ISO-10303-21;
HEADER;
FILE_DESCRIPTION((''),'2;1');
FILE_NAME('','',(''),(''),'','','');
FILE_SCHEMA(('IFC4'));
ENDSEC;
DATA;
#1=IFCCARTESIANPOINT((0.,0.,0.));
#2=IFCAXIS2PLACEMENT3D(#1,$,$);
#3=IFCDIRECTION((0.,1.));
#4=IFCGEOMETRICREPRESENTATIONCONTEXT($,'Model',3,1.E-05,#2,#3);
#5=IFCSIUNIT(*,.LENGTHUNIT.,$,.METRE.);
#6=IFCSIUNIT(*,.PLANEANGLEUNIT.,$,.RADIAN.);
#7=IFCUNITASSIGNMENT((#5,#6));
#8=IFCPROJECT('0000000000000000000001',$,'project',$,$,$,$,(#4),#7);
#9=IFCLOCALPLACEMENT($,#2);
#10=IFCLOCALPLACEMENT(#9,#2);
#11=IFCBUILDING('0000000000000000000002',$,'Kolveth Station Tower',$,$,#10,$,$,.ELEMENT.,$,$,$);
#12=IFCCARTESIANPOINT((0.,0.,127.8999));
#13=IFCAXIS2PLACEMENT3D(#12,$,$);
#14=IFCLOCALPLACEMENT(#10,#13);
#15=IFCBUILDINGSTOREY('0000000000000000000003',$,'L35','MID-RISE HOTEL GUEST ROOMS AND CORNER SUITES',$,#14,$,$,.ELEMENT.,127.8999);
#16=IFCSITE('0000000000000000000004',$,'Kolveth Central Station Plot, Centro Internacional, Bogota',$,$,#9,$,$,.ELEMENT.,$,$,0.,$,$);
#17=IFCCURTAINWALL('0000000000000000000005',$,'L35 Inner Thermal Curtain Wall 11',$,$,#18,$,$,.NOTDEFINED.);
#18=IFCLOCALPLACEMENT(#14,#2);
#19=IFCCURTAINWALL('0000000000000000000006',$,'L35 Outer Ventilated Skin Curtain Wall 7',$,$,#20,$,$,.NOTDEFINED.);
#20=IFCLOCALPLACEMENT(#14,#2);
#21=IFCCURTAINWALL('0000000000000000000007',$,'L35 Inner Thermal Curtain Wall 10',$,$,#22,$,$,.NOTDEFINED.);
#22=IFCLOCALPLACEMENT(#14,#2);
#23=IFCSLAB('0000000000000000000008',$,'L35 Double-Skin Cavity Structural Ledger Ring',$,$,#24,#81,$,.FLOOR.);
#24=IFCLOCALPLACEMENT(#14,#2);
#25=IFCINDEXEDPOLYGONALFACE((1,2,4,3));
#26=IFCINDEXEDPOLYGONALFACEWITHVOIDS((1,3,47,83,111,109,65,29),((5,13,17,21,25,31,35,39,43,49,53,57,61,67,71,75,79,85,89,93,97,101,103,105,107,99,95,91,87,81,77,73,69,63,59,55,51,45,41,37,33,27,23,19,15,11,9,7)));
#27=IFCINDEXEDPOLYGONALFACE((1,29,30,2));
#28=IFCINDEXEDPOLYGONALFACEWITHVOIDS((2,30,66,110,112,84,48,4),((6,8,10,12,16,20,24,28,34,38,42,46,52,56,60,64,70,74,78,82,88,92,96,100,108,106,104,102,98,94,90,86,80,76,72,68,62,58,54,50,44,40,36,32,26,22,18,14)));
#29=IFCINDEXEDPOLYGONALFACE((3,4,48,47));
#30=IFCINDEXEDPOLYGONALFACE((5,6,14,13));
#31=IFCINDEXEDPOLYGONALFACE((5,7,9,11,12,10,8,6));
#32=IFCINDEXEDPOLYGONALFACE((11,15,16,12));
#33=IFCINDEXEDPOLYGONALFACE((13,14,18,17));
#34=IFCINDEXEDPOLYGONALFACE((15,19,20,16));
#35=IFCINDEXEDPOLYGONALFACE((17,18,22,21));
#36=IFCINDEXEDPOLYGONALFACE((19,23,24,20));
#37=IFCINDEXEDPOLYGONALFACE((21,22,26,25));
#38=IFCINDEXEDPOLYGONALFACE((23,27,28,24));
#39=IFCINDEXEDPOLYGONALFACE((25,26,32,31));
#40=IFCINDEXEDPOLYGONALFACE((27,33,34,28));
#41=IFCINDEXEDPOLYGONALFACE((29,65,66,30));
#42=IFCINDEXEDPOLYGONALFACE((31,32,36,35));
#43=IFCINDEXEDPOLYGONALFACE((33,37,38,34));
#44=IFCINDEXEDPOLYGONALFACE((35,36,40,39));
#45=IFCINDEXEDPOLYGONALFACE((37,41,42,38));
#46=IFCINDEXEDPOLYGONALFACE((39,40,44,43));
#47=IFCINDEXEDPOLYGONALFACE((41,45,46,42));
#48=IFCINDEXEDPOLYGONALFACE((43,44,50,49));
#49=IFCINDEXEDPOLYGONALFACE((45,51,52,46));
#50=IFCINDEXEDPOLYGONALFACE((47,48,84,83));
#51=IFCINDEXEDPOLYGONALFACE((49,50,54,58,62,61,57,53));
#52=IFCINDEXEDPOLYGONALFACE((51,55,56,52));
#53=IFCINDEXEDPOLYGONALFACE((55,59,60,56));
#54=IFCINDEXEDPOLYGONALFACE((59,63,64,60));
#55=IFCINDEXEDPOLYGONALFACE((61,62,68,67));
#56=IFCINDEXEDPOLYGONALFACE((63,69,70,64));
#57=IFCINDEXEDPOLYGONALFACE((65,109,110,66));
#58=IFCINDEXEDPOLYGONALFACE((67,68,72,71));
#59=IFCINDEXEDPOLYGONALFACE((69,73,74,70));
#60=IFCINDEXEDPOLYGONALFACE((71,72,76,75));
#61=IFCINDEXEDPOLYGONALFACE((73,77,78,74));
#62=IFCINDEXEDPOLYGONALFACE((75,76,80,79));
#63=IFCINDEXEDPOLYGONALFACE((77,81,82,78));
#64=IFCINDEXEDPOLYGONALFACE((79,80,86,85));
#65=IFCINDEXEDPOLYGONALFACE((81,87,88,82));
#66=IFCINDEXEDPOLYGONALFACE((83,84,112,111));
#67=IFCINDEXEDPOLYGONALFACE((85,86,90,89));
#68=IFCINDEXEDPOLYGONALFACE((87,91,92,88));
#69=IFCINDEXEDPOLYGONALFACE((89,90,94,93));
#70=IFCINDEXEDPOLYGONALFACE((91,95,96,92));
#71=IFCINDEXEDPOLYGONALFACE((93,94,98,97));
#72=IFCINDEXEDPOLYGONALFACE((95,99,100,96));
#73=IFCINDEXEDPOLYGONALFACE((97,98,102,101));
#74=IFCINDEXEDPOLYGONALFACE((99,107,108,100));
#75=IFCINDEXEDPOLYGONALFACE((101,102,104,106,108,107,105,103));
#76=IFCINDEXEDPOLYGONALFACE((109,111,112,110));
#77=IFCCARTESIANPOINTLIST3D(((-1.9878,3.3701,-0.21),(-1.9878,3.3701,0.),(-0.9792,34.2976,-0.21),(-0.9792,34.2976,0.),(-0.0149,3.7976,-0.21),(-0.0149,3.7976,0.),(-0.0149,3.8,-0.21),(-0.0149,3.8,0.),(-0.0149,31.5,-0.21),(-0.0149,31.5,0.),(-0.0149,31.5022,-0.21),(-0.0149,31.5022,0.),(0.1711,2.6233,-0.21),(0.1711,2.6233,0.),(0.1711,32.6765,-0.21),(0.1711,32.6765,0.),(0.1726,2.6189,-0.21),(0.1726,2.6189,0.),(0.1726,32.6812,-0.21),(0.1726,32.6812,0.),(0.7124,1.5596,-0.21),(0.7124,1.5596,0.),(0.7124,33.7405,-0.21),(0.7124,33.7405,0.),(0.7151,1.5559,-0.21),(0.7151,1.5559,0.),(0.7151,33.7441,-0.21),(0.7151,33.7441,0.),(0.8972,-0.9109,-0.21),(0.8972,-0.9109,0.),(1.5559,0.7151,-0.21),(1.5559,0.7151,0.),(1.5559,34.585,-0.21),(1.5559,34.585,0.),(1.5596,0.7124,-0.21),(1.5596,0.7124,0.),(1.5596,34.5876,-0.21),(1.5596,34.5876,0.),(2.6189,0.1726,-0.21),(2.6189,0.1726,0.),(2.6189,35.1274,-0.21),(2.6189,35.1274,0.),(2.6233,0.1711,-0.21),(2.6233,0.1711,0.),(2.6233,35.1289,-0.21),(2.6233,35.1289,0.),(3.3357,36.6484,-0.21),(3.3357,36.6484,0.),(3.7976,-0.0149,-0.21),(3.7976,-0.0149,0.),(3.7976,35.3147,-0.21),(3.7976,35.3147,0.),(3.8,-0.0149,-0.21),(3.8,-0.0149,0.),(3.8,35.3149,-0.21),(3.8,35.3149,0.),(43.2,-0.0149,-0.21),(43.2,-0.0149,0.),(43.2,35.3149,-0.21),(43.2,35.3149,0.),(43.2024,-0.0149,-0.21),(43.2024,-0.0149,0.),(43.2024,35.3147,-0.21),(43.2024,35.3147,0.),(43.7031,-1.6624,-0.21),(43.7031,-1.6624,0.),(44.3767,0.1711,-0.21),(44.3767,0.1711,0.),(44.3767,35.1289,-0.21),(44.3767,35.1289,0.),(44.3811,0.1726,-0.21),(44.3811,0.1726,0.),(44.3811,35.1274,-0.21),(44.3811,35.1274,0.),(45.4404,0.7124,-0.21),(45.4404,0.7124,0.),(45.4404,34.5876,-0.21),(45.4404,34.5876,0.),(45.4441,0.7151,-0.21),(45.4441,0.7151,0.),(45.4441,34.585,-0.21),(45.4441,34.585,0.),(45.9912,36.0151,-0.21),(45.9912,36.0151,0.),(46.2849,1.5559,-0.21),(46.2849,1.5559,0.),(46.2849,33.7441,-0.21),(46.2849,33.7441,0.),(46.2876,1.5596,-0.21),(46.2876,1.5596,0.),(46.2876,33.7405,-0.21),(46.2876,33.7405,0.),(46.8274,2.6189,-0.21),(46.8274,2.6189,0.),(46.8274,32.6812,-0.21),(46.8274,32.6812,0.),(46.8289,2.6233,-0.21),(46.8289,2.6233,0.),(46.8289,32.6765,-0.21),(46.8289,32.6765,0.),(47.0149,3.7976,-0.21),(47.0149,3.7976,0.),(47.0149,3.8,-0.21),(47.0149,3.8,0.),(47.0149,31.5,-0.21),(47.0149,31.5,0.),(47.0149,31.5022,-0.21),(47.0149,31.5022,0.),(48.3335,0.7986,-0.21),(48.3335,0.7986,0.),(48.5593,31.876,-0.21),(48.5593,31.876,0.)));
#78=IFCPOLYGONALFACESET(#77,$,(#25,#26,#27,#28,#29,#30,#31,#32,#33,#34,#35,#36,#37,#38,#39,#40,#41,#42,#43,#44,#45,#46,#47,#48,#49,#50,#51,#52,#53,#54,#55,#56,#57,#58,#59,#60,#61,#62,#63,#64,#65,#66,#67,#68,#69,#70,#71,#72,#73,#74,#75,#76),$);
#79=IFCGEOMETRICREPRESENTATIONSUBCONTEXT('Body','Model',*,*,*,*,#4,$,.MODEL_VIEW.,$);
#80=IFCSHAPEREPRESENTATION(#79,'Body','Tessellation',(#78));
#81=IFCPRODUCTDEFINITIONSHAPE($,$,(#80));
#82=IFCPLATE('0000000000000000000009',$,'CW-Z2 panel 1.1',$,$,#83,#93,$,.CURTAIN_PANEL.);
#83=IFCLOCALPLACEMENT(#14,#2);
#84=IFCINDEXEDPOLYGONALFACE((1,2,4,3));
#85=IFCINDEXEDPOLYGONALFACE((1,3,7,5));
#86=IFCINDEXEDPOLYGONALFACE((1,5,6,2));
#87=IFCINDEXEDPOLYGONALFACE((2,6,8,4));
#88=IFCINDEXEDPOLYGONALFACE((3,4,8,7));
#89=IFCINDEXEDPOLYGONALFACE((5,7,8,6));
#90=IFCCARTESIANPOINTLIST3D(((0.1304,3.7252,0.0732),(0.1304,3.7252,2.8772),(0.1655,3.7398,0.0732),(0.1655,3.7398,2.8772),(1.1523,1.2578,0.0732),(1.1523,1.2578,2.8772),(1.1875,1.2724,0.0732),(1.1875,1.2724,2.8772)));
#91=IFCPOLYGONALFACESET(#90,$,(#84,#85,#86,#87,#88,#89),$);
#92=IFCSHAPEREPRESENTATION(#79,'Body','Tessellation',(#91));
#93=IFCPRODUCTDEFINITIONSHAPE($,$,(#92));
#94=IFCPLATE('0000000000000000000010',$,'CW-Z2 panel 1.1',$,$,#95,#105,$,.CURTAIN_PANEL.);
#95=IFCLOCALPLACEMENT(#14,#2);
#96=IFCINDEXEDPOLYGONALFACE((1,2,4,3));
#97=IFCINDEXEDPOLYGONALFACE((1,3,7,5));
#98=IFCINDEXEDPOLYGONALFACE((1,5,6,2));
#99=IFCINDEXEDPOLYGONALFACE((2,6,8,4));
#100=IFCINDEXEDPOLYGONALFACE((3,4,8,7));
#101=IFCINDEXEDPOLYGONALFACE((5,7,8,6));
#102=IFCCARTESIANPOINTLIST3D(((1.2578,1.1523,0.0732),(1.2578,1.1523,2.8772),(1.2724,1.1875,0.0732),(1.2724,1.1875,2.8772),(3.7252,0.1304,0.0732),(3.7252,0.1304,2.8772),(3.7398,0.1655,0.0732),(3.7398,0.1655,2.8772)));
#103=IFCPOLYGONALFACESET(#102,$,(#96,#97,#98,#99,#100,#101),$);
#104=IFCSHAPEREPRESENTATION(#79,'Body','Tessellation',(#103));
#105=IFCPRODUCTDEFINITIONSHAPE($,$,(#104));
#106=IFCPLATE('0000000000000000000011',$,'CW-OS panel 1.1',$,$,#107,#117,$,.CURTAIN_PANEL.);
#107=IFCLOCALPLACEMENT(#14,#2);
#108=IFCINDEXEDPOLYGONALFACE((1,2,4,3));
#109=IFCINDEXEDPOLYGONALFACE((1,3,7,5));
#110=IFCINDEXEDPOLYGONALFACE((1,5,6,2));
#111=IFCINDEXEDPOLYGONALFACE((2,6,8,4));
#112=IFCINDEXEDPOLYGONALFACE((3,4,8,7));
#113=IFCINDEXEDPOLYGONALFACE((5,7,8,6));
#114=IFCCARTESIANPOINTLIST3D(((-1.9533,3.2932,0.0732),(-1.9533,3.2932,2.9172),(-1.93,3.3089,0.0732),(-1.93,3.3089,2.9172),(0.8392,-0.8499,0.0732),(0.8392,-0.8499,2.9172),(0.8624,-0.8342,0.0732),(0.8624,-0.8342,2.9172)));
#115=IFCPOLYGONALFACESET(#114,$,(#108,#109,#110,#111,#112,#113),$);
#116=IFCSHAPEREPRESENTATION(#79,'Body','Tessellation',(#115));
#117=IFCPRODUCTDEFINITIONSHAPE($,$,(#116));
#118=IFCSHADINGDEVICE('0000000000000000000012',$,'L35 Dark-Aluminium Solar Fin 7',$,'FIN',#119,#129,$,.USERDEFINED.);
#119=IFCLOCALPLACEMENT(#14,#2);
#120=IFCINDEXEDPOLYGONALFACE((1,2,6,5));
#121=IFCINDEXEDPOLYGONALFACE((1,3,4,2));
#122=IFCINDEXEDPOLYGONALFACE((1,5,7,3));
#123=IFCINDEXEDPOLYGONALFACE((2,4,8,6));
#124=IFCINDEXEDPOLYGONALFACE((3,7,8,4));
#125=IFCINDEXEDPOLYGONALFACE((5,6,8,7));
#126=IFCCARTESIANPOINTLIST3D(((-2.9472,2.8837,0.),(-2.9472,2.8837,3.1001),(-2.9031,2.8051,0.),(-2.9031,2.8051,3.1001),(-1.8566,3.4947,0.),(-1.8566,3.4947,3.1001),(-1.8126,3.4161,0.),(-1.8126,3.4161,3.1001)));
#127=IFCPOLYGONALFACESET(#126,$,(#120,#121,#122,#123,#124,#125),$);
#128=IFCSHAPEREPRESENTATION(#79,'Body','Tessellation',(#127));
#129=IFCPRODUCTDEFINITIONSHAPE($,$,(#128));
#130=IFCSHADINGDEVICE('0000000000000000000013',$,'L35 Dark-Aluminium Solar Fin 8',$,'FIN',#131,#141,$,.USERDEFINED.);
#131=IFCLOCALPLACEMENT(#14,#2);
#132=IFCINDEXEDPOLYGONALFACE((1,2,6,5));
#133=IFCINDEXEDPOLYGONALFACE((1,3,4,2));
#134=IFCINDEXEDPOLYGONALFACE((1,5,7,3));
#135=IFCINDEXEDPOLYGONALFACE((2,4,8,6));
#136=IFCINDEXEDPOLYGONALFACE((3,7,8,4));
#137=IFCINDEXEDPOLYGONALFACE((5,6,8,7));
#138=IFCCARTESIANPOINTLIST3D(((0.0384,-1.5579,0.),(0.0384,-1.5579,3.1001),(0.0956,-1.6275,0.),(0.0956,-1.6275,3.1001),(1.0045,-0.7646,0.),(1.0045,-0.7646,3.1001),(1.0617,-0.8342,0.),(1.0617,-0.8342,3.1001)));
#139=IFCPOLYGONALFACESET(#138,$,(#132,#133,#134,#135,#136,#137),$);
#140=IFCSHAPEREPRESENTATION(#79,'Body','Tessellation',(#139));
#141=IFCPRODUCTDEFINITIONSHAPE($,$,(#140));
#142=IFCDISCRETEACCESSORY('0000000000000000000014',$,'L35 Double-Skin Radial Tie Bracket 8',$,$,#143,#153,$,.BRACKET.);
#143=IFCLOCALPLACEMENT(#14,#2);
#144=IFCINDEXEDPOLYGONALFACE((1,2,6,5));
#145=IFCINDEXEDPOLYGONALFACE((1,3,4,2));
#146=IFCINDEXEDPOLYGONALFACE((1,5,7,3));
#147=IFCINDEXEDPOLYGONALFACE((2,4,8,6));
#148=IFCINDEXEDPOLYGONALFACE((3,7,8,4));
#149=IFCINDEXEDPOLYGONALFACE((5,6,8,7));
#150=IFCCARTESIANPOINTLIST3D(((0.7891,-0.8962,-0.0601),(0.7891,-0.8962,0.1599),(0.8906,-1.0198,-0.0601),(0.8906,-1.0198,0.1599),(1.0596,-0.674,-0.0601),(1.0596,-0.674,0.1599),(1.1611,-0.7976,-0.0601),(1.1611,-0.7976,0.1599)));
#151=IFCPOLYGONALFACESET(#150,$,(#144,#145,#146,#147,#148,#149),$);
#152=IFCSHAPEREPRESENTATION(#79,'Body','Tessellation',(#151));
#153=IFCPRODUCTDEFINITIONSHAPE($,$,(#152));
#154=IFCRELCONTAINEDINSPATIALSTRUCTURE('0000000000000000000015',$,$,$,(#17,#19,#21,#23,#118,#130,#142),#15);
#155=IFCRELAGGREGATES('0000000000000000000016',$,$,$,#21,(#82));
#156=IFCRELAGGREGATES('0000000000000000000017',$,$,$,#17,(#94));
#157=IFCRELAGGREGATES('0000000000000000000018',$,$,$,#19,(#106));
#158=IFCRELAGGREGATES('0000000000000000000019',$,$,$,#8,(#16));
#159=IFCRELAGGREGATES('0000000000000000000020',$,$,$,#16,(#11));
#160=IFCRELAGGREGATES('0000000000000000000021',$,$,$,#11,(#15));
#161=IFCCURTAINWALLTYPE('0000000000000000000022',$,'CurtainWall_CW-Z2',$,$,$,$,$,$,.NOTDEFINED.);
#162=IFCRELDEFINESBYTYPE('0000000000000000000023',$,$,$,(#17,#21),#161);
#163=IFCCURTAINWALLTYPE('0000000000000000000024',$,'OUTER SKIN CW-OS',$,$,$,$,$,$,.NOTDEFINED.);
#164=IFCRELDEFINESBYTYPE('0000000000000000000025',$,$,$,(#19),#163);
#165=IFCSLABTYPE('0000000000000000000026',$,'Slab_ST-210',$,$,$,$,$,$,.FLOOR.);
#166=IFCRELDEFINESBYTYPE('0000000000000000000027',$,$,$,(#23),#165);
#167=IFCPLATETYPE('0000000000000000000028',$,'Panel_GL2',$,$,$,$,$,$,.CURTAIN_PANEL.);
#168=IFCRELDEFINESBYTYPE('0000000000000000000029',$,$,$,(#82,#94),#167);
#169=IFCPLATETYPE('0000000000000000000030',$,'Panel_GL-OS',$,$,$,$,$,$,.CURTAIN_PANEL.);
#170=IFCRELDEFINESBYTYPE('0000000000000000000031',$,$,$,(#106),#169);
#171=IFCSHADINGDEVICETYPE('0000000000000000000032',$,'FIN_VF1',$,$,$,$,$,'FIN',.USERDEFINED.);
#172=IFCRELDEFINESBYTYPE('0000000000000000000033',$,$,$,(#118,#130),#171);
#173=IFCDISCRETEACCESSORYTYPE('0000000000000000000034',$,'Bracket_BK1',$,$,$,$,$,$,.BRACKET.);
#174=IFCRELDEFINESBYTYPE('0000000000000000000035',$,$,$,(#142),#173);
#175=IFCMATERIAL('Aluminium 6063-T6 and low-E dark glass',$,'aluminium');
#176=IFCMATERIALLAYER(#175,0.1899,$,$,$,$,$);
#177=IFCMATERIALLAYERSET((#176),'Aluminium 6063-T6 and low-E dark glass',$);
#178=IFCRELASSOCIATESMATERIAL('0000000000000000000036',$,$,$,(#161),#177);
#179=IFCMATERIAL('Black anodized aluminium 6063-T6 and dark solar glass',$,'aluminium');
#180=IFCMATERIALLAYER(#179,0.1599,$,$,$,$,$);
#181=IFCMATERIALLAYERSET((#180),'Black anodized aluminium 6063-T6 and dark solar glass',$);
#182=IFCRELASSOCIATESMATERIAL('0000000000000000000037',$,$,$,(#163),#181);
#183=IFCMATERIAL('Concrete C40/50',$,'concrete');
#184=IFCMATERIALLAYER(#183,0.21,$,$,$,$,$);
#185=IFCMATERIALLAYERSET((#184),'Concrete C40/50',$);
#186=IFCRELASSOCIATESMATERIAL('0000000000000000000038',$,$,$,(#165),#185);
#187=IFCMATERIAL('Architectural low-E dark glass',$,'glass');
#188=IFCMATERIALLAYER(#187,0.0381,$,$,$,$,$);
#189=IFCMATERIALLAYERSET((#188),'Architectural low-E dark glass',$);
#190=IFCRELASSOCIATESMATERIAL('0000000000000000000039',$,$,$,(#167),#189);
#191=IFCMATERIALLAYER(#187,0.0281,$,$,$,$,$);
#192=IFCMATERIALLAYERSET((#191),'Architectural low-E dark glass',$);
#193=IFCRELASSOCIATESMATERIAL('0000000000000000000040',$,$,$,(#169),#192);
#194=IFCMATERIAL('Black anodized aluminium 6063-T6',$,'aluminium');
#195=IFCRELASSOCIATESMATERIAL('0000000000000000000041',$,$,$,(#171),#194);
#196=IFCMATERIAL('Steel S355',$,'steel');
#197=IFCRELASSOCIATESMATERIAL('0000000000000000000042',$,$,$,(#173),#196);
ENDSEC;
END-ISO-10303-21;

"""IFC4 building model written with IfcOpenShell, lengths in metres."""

from ifc_helpers import new_model, si_unit, direction, frame, origin, origin_2d, place, context, subcontext, project, spatial, polyline, rectangle, outline, extrude, source, transform, mapped, material, layer, layer_set, type_object, element, aggregate, save


model = new_model("IFC4")

# Units and contexts
model_context = context("Model", 3, precision=1e-05, world=origin(), true_north=direction((0.0, 1.0)))
body_context = subcontext(model_context, "Body", "Model", "MODEL_VIEW")
ifc_project = project(units=[si_unit("LENGTHUNIT", "METRE"), si_unit("PLANEANGLEUNIT", "RADIAN")], contexts=[model_context])

# Site, building, storey
site_placement = place(None, origin())
site = spatial("IfcSite", under=ifc_project, at=site_placement, Name="Kolveth Central Station Plot, Centro Internacional, Bogota", CompositionType="ELEMENT", RefElevation=0.0)
building_placement = place(site_placement, origin())
building = spatial("IfcBuilding", under=site, at=building_placement, Name="Kolveth Station Tower", CompositionType="ELEMENT")
storey_placement = place(building_placement, frame((0.0, 0.0, 127.8999)))
storey = spatial("IfcBuildingStorey", under=building, at=storey_placement, Name="L35", Description="MID-RISE HOTEL GUEST ROOMS AND CORNER SUITES", CompositionType="ELEMENT", Elevation=127.8999)

# Curtain wall
ifc_material_1 = material(Name="Aluminium 6063-T6 and low-E dark glass", Category="aluminium")
ifc_layer_1 = layer(ifc_material_1, 0.1899)
ifc_layer_set_1 = layer_set([ifc_layer_1], Name="Aluminium 6063-T6 and low-E dark glass")
curtain_wall_type_1 = type_object("IfcCurtainWallType", Name="CurtainWall_CW-Z2", PredefinedType="NOTDEFINED", material=ifc_layer_set_1)
curtain_wall_1_placement = place(storey_placement, origin())
curtain_wall_1 = element("IfcCurtainWall", 1, at=curtain_wall_1_placement, inside=storey, type_object=curtain_wall_type_1, Name="L35 Inner Thermal Curtain Wall 11", PredefinedType="NOTDEFINED")
ifc_material_2 = material(Name="Black anodized aluminium 6063-T6", Category="aluminium")

# Curtain walls
ifc_material_3 = material(Name="Black anodized aluminium 6063-T6 and dark solar glass", Category="aluminium")
ifc_layer_2 = layer(ifc_material_3, 0.1599)
ifc_layer_set_2 = layer_set([ifc_layer_2], Name="Black anodized aluminium 6063-T6 and dark solar glass")
curtain_wall_type_2 = type_object("IfcCurtainWallType", Name="OUTER SKIN CW-OS", PredefinedType="NOTDEFINED", material=ifc_layer_set_2)
curtain_wall_2_placement = place(storey_placement, origin())
curtain_wall_2 = element("IfcCurtainWall", 2, at=curtain_wall_2_placement, inside=storey, type_object=curtain_wall_type_2, Name="L35 Outer Ventilated Skin Curtain Wall 7", PredefinedType="NOTDEFINED")
curtain_wall_3_placement = place(storey_placement, origin())
curtain_wall_3 = element("IfcCurtainWall", 3, at=curtain_wall_3_placement, inside=storey, type_object=curtain_wall_type_1, Name="L35 Inner Thermal Curtain Wall 10", PredefinedType="NOTDEFINED")

# Shared definitions
ifc_material_4 = material(Name="Concrete C40/50", Category="concrete")

# Slab
ifc_layer_3 = layer(ifc_material_4, 0.21)
ifc_layer_set_3 = layer_set([ifc_layer_3], Name="Concrete C40/50")
slab_type_1 = type_object("IfcSlabType", Name="Slab_ST-210", PredefinedType="FLOOR", material=ifc_layer_set_3)
slab_1_placement = place(storey_placement, frame((0.0, 0.0, -0.21)))
element("IfcSlab", 4, at=slab_1_placement, inside=storey, type_object=slab_type_1, Name="L35 Double-Skin Cavity Structural Ledger Ring", PredefinedType="FLOOR", context=body_context, shape_type="SweptSolid", body=[
    extrude(outline(polyline([(0.8972, -0.9109), (-1.9878, 3.3701), (-0.9792, 34.2976), (3.3357, 36.6484), (45.9912, 36.0151), (48.5593, 31.876), (48.3335, 0.7986), (43.7031, -1.6624), (0.8972, -0.9109)]), holes=[polyline([(43.2024, -0.0149), (44.3767, 0.1711), (44.3811, 0.1726), (45.4404, 0.7124), (45.4441, 0.7151), (46.2849, 1.5559), (46.2876, 1.5596), (46.8274, 2.6189), (46.8289, 2.6233), (47.0149, 3.7976), (47.0149, 3.8), (47.0149, 31.5), (47.0149, 31.5022), (46.8289, 32.6765), (46.8274, 32.6812), (46.2876, 33.7405), (46.2849, 33.7441), (45.4441, 34.585), (45.4404, 34.5876), (44.3811, 35.1274), (44.3767, 35.1289), (43.2024, 35.3147), (43.2, 35.3149), (3.8, 35.3149), (3.7976, 35.3147), (2.6233, 35.1289), (2.6189, 35.1274), (1.5596, 34.5876), (1.5559, 34.585), (0.7151, 33.7441), (0.7124, 33.7405), (0.1726, 32.6812), (0.1711, 32.6765), (-0.0149, 31.5022), (-0.0149, 31.5), (-0.0149, 3.8), (-0.0149, 3.7976), (0.1711, 2.6233), (0.1726, 2.6189), (0.7124, 1.5596), (0.7151, 1.5559), (1.5559, 0.7151), (1.5596, 0.7124), (2.6189, 0.1726), (2.6233, 0.1711), (3.7976, -0.0149), (3.8, -0.0149), (43.2, -0.0149), (43.2024, -0.0149)])]), origin(), (0.0, 0.0, 1.0), 0.21),
])

# Plates
ifc_material_5 = material(Name="Architectural low-E dark glass", Category="glass")
ifc_layer_4 = layer(ifc_material_5, 0.0381)
ifc_layer_set_4 = layer_set([ifc_layer_4], Name="Architectural low-E dark glass")
plate_type_1 = type_object("IfcPlateType", Name="Panel_GL2", PredefinedType="CURTAIN_PANEL", material=ifc_layer_set_4)
shared_shape_1 = source(origin(), body_context, "Body", "SweptSolid", [
    extrude(rectangle(XDim=2.6707, YDim=0.0381, at=origin_2d()), origin(), (0.0, 0.0, 1.0), 2.804),
])
plate_1_placement = place(storey_placement, frame((0.6589, 2.4988, 0.0732), z_axis=(0.0, 0.0, 1.0), x_axis=(0.382663, -0.923888, 0.0)))
plate_1 = element("IfcPlate", 5, at=plate_1_placement, type_object=plate_type_1, Name="CW-Z2 panel 1.1", PredefinedType="CURTAIN_PANEL", context=body_context, shape_type="MappedRepresentation", body=[
    mapped(shared_shape_1, transform((0.0, 0.0, 0.0), x_axis=(1.0, 0.0, 0.0), y_axis=(0.0, 1.0, 0.0), z_axis=(0.0, 0.0, 1.0), scale=1.0)),
])
aggregate(curtain_wall_3, [plate_1])
plate_2_placement = place(storey_placement, frame((2.4988, 0.6589, 0.0732), z_axis=(0.0, 0.0, 1.0), x_axis=(0.923888, -0.382663, 0.0)))
plate_2 = element("IfcPlate", 6, at=plate_2_placement, type_object=plate_type_1, Name="CW-Z2 panel 1.1", PredefinedType="CURTAIN_PANEL", context=body_context, shape_type="MappedRepresentation", body=[
    mapped(shared_shape_1, transform((0.0, 0.0, 0.0), x_axis=(1.0, 0.0, 0.0), y_axis=(0.0, 1.0, 0.0), z_axis=(0.0, 0.0, 1.0), scale=1.0)),
])
aggregate(curtain_wall_1, [plate_2])
ifc_layer_5 = layer(ifc_material_5, 0.0281)
ifc_layer_set_5 = layer_set([ifc_layer_5], Name="Architectural low-E dark glass")
plate_type_2 = type_object("IfcPlateType", Name="Panel_GL-OS", PredefinedType="CURTAIN_PANEL", material=ifc_layer_set_5)
shared_shape_2 = source(origin(), body_context, "Body", "SweptSolid", [
    extrude(rectangle(XDim=4.9963, YDim=0.0281, at=origin_2d()), origin(), (0.0, 0.0, 1.0), 2.844),
])
plate_3_placement = place(storey_placement, frame((-0.5454, 1.2295, 0.0732), z_axis=(0.0, 0.0, 1.0), x_axis=(0.558895, -0.829238, 0.0)))
plate_3 = element("IfcPlate", 7, at=plate_3_placement, type_object=plate_type_2, Name="CW-OS panel 1.1", PredefinedType="CURTAIN_PANEL", context=body_context, shape_type="MappedRepresentation", body=[
    mapped(shared_shape_2, transform((0.0, 0.0, 0.0), x_axis=(1.0, 0.0, 0.0), y_axis=(0.0, 1.0, 0.0), z_axis=(0.0, 0.0, 1.0), scale=1.0)),
])
aggregate(curtain_wall_2, [plate_3])

# Shading devices
shading_device_type = type_object("IfcShadingDeviceType", Name="FIN_VF1", ElementType="FIN", PredefinedType="USERDEFINED", material=ifc_material_2)
shared_shape_3 = source(origin(), body_context, "Body", "SweptSolid", [
    extrude(rectangle(XDim=1.25, YDim=0.0901, at=origin_2d()), origin(), (0.0, 0.0, 1.0), 3.1001),
])
for number, where, z_axis, x_axis, name in (
    (8, (-2.3799, 3.1499, 0.0), (0.0, 0.0, 1.0), (-0.872411, -0.488774, 0.0), "L35 Dark-Aluminium Solar Fin 7"),
    (9, (0.55, -1.196, 0.0), (0.0, 0.0, 1.0), (-0.772844, -0.634596, 0.0), "L35 Dark-Aluminium Solar Fin 8"),
):
    element("IfcShadingDevice", number, at=place(storey_placement, frame(where, z_axis=z_axis, x_axis=x_axis)), inside=storey, type_object=shading_device_type, Name=name, ObjectType="FIN", PredefinedType="USERDEFINED", context=body_context, shape_type="MappedRepresentation", body=[
        mapped(shared_shape_3, transform((0.0, 0.0, 0.0), x_axis=(1.0, 0.0, 0.0), y_axis=(0.0, 1.0, 0.0), z_axis=(0.0, 0.0, 1.0), scale=1.0)),
    ])

# Discrete accessory
ifc_material_6 = material(Name="Steel S355", Category="steel")
discrete_accessory_type = type_object("IfcDiscreteAccessoryType", Name="Bracket_BK1", PredefinedType="BRACKET", material=ifc_material_6)
shared_shape_4 = source(origin(), body_context, "Body", "SweptSolid", [
    extrude(rectangle(XDim=0.3501, YDim=0.1599, at=origin_2d()), origin(), (0.0, 0.0, 1.0), 0.22),
])
discrete_accessory_placement = place(storey_placement, frame((0.9751, -0.8469, -0.0601), z_axis=(0.0, 0.0, 1.0), x_axis=(-0.772844, -0.634596, 0.0)))
element("IfcDiscreteAccessory", 10, at=discrete_accessory_placement, inside=storey, type_object=discrete_accessory_type, Name="L35 Double-Skin Radial Tie Bracket 8", PredefinedType="BRACKET", context=body_context, shape_type="MappedRepresentation", body=[
    mapped(shared_shape_4, transform((0.0, 0.0, 0.0), x_axis=(1.0, 0.0, 0.0), y_axis=(0.0, 1.0, 0.0), z_axis=(0.0, 0.0, 1.0), scale=1.0)),
])

save(model, "model.ifc")
